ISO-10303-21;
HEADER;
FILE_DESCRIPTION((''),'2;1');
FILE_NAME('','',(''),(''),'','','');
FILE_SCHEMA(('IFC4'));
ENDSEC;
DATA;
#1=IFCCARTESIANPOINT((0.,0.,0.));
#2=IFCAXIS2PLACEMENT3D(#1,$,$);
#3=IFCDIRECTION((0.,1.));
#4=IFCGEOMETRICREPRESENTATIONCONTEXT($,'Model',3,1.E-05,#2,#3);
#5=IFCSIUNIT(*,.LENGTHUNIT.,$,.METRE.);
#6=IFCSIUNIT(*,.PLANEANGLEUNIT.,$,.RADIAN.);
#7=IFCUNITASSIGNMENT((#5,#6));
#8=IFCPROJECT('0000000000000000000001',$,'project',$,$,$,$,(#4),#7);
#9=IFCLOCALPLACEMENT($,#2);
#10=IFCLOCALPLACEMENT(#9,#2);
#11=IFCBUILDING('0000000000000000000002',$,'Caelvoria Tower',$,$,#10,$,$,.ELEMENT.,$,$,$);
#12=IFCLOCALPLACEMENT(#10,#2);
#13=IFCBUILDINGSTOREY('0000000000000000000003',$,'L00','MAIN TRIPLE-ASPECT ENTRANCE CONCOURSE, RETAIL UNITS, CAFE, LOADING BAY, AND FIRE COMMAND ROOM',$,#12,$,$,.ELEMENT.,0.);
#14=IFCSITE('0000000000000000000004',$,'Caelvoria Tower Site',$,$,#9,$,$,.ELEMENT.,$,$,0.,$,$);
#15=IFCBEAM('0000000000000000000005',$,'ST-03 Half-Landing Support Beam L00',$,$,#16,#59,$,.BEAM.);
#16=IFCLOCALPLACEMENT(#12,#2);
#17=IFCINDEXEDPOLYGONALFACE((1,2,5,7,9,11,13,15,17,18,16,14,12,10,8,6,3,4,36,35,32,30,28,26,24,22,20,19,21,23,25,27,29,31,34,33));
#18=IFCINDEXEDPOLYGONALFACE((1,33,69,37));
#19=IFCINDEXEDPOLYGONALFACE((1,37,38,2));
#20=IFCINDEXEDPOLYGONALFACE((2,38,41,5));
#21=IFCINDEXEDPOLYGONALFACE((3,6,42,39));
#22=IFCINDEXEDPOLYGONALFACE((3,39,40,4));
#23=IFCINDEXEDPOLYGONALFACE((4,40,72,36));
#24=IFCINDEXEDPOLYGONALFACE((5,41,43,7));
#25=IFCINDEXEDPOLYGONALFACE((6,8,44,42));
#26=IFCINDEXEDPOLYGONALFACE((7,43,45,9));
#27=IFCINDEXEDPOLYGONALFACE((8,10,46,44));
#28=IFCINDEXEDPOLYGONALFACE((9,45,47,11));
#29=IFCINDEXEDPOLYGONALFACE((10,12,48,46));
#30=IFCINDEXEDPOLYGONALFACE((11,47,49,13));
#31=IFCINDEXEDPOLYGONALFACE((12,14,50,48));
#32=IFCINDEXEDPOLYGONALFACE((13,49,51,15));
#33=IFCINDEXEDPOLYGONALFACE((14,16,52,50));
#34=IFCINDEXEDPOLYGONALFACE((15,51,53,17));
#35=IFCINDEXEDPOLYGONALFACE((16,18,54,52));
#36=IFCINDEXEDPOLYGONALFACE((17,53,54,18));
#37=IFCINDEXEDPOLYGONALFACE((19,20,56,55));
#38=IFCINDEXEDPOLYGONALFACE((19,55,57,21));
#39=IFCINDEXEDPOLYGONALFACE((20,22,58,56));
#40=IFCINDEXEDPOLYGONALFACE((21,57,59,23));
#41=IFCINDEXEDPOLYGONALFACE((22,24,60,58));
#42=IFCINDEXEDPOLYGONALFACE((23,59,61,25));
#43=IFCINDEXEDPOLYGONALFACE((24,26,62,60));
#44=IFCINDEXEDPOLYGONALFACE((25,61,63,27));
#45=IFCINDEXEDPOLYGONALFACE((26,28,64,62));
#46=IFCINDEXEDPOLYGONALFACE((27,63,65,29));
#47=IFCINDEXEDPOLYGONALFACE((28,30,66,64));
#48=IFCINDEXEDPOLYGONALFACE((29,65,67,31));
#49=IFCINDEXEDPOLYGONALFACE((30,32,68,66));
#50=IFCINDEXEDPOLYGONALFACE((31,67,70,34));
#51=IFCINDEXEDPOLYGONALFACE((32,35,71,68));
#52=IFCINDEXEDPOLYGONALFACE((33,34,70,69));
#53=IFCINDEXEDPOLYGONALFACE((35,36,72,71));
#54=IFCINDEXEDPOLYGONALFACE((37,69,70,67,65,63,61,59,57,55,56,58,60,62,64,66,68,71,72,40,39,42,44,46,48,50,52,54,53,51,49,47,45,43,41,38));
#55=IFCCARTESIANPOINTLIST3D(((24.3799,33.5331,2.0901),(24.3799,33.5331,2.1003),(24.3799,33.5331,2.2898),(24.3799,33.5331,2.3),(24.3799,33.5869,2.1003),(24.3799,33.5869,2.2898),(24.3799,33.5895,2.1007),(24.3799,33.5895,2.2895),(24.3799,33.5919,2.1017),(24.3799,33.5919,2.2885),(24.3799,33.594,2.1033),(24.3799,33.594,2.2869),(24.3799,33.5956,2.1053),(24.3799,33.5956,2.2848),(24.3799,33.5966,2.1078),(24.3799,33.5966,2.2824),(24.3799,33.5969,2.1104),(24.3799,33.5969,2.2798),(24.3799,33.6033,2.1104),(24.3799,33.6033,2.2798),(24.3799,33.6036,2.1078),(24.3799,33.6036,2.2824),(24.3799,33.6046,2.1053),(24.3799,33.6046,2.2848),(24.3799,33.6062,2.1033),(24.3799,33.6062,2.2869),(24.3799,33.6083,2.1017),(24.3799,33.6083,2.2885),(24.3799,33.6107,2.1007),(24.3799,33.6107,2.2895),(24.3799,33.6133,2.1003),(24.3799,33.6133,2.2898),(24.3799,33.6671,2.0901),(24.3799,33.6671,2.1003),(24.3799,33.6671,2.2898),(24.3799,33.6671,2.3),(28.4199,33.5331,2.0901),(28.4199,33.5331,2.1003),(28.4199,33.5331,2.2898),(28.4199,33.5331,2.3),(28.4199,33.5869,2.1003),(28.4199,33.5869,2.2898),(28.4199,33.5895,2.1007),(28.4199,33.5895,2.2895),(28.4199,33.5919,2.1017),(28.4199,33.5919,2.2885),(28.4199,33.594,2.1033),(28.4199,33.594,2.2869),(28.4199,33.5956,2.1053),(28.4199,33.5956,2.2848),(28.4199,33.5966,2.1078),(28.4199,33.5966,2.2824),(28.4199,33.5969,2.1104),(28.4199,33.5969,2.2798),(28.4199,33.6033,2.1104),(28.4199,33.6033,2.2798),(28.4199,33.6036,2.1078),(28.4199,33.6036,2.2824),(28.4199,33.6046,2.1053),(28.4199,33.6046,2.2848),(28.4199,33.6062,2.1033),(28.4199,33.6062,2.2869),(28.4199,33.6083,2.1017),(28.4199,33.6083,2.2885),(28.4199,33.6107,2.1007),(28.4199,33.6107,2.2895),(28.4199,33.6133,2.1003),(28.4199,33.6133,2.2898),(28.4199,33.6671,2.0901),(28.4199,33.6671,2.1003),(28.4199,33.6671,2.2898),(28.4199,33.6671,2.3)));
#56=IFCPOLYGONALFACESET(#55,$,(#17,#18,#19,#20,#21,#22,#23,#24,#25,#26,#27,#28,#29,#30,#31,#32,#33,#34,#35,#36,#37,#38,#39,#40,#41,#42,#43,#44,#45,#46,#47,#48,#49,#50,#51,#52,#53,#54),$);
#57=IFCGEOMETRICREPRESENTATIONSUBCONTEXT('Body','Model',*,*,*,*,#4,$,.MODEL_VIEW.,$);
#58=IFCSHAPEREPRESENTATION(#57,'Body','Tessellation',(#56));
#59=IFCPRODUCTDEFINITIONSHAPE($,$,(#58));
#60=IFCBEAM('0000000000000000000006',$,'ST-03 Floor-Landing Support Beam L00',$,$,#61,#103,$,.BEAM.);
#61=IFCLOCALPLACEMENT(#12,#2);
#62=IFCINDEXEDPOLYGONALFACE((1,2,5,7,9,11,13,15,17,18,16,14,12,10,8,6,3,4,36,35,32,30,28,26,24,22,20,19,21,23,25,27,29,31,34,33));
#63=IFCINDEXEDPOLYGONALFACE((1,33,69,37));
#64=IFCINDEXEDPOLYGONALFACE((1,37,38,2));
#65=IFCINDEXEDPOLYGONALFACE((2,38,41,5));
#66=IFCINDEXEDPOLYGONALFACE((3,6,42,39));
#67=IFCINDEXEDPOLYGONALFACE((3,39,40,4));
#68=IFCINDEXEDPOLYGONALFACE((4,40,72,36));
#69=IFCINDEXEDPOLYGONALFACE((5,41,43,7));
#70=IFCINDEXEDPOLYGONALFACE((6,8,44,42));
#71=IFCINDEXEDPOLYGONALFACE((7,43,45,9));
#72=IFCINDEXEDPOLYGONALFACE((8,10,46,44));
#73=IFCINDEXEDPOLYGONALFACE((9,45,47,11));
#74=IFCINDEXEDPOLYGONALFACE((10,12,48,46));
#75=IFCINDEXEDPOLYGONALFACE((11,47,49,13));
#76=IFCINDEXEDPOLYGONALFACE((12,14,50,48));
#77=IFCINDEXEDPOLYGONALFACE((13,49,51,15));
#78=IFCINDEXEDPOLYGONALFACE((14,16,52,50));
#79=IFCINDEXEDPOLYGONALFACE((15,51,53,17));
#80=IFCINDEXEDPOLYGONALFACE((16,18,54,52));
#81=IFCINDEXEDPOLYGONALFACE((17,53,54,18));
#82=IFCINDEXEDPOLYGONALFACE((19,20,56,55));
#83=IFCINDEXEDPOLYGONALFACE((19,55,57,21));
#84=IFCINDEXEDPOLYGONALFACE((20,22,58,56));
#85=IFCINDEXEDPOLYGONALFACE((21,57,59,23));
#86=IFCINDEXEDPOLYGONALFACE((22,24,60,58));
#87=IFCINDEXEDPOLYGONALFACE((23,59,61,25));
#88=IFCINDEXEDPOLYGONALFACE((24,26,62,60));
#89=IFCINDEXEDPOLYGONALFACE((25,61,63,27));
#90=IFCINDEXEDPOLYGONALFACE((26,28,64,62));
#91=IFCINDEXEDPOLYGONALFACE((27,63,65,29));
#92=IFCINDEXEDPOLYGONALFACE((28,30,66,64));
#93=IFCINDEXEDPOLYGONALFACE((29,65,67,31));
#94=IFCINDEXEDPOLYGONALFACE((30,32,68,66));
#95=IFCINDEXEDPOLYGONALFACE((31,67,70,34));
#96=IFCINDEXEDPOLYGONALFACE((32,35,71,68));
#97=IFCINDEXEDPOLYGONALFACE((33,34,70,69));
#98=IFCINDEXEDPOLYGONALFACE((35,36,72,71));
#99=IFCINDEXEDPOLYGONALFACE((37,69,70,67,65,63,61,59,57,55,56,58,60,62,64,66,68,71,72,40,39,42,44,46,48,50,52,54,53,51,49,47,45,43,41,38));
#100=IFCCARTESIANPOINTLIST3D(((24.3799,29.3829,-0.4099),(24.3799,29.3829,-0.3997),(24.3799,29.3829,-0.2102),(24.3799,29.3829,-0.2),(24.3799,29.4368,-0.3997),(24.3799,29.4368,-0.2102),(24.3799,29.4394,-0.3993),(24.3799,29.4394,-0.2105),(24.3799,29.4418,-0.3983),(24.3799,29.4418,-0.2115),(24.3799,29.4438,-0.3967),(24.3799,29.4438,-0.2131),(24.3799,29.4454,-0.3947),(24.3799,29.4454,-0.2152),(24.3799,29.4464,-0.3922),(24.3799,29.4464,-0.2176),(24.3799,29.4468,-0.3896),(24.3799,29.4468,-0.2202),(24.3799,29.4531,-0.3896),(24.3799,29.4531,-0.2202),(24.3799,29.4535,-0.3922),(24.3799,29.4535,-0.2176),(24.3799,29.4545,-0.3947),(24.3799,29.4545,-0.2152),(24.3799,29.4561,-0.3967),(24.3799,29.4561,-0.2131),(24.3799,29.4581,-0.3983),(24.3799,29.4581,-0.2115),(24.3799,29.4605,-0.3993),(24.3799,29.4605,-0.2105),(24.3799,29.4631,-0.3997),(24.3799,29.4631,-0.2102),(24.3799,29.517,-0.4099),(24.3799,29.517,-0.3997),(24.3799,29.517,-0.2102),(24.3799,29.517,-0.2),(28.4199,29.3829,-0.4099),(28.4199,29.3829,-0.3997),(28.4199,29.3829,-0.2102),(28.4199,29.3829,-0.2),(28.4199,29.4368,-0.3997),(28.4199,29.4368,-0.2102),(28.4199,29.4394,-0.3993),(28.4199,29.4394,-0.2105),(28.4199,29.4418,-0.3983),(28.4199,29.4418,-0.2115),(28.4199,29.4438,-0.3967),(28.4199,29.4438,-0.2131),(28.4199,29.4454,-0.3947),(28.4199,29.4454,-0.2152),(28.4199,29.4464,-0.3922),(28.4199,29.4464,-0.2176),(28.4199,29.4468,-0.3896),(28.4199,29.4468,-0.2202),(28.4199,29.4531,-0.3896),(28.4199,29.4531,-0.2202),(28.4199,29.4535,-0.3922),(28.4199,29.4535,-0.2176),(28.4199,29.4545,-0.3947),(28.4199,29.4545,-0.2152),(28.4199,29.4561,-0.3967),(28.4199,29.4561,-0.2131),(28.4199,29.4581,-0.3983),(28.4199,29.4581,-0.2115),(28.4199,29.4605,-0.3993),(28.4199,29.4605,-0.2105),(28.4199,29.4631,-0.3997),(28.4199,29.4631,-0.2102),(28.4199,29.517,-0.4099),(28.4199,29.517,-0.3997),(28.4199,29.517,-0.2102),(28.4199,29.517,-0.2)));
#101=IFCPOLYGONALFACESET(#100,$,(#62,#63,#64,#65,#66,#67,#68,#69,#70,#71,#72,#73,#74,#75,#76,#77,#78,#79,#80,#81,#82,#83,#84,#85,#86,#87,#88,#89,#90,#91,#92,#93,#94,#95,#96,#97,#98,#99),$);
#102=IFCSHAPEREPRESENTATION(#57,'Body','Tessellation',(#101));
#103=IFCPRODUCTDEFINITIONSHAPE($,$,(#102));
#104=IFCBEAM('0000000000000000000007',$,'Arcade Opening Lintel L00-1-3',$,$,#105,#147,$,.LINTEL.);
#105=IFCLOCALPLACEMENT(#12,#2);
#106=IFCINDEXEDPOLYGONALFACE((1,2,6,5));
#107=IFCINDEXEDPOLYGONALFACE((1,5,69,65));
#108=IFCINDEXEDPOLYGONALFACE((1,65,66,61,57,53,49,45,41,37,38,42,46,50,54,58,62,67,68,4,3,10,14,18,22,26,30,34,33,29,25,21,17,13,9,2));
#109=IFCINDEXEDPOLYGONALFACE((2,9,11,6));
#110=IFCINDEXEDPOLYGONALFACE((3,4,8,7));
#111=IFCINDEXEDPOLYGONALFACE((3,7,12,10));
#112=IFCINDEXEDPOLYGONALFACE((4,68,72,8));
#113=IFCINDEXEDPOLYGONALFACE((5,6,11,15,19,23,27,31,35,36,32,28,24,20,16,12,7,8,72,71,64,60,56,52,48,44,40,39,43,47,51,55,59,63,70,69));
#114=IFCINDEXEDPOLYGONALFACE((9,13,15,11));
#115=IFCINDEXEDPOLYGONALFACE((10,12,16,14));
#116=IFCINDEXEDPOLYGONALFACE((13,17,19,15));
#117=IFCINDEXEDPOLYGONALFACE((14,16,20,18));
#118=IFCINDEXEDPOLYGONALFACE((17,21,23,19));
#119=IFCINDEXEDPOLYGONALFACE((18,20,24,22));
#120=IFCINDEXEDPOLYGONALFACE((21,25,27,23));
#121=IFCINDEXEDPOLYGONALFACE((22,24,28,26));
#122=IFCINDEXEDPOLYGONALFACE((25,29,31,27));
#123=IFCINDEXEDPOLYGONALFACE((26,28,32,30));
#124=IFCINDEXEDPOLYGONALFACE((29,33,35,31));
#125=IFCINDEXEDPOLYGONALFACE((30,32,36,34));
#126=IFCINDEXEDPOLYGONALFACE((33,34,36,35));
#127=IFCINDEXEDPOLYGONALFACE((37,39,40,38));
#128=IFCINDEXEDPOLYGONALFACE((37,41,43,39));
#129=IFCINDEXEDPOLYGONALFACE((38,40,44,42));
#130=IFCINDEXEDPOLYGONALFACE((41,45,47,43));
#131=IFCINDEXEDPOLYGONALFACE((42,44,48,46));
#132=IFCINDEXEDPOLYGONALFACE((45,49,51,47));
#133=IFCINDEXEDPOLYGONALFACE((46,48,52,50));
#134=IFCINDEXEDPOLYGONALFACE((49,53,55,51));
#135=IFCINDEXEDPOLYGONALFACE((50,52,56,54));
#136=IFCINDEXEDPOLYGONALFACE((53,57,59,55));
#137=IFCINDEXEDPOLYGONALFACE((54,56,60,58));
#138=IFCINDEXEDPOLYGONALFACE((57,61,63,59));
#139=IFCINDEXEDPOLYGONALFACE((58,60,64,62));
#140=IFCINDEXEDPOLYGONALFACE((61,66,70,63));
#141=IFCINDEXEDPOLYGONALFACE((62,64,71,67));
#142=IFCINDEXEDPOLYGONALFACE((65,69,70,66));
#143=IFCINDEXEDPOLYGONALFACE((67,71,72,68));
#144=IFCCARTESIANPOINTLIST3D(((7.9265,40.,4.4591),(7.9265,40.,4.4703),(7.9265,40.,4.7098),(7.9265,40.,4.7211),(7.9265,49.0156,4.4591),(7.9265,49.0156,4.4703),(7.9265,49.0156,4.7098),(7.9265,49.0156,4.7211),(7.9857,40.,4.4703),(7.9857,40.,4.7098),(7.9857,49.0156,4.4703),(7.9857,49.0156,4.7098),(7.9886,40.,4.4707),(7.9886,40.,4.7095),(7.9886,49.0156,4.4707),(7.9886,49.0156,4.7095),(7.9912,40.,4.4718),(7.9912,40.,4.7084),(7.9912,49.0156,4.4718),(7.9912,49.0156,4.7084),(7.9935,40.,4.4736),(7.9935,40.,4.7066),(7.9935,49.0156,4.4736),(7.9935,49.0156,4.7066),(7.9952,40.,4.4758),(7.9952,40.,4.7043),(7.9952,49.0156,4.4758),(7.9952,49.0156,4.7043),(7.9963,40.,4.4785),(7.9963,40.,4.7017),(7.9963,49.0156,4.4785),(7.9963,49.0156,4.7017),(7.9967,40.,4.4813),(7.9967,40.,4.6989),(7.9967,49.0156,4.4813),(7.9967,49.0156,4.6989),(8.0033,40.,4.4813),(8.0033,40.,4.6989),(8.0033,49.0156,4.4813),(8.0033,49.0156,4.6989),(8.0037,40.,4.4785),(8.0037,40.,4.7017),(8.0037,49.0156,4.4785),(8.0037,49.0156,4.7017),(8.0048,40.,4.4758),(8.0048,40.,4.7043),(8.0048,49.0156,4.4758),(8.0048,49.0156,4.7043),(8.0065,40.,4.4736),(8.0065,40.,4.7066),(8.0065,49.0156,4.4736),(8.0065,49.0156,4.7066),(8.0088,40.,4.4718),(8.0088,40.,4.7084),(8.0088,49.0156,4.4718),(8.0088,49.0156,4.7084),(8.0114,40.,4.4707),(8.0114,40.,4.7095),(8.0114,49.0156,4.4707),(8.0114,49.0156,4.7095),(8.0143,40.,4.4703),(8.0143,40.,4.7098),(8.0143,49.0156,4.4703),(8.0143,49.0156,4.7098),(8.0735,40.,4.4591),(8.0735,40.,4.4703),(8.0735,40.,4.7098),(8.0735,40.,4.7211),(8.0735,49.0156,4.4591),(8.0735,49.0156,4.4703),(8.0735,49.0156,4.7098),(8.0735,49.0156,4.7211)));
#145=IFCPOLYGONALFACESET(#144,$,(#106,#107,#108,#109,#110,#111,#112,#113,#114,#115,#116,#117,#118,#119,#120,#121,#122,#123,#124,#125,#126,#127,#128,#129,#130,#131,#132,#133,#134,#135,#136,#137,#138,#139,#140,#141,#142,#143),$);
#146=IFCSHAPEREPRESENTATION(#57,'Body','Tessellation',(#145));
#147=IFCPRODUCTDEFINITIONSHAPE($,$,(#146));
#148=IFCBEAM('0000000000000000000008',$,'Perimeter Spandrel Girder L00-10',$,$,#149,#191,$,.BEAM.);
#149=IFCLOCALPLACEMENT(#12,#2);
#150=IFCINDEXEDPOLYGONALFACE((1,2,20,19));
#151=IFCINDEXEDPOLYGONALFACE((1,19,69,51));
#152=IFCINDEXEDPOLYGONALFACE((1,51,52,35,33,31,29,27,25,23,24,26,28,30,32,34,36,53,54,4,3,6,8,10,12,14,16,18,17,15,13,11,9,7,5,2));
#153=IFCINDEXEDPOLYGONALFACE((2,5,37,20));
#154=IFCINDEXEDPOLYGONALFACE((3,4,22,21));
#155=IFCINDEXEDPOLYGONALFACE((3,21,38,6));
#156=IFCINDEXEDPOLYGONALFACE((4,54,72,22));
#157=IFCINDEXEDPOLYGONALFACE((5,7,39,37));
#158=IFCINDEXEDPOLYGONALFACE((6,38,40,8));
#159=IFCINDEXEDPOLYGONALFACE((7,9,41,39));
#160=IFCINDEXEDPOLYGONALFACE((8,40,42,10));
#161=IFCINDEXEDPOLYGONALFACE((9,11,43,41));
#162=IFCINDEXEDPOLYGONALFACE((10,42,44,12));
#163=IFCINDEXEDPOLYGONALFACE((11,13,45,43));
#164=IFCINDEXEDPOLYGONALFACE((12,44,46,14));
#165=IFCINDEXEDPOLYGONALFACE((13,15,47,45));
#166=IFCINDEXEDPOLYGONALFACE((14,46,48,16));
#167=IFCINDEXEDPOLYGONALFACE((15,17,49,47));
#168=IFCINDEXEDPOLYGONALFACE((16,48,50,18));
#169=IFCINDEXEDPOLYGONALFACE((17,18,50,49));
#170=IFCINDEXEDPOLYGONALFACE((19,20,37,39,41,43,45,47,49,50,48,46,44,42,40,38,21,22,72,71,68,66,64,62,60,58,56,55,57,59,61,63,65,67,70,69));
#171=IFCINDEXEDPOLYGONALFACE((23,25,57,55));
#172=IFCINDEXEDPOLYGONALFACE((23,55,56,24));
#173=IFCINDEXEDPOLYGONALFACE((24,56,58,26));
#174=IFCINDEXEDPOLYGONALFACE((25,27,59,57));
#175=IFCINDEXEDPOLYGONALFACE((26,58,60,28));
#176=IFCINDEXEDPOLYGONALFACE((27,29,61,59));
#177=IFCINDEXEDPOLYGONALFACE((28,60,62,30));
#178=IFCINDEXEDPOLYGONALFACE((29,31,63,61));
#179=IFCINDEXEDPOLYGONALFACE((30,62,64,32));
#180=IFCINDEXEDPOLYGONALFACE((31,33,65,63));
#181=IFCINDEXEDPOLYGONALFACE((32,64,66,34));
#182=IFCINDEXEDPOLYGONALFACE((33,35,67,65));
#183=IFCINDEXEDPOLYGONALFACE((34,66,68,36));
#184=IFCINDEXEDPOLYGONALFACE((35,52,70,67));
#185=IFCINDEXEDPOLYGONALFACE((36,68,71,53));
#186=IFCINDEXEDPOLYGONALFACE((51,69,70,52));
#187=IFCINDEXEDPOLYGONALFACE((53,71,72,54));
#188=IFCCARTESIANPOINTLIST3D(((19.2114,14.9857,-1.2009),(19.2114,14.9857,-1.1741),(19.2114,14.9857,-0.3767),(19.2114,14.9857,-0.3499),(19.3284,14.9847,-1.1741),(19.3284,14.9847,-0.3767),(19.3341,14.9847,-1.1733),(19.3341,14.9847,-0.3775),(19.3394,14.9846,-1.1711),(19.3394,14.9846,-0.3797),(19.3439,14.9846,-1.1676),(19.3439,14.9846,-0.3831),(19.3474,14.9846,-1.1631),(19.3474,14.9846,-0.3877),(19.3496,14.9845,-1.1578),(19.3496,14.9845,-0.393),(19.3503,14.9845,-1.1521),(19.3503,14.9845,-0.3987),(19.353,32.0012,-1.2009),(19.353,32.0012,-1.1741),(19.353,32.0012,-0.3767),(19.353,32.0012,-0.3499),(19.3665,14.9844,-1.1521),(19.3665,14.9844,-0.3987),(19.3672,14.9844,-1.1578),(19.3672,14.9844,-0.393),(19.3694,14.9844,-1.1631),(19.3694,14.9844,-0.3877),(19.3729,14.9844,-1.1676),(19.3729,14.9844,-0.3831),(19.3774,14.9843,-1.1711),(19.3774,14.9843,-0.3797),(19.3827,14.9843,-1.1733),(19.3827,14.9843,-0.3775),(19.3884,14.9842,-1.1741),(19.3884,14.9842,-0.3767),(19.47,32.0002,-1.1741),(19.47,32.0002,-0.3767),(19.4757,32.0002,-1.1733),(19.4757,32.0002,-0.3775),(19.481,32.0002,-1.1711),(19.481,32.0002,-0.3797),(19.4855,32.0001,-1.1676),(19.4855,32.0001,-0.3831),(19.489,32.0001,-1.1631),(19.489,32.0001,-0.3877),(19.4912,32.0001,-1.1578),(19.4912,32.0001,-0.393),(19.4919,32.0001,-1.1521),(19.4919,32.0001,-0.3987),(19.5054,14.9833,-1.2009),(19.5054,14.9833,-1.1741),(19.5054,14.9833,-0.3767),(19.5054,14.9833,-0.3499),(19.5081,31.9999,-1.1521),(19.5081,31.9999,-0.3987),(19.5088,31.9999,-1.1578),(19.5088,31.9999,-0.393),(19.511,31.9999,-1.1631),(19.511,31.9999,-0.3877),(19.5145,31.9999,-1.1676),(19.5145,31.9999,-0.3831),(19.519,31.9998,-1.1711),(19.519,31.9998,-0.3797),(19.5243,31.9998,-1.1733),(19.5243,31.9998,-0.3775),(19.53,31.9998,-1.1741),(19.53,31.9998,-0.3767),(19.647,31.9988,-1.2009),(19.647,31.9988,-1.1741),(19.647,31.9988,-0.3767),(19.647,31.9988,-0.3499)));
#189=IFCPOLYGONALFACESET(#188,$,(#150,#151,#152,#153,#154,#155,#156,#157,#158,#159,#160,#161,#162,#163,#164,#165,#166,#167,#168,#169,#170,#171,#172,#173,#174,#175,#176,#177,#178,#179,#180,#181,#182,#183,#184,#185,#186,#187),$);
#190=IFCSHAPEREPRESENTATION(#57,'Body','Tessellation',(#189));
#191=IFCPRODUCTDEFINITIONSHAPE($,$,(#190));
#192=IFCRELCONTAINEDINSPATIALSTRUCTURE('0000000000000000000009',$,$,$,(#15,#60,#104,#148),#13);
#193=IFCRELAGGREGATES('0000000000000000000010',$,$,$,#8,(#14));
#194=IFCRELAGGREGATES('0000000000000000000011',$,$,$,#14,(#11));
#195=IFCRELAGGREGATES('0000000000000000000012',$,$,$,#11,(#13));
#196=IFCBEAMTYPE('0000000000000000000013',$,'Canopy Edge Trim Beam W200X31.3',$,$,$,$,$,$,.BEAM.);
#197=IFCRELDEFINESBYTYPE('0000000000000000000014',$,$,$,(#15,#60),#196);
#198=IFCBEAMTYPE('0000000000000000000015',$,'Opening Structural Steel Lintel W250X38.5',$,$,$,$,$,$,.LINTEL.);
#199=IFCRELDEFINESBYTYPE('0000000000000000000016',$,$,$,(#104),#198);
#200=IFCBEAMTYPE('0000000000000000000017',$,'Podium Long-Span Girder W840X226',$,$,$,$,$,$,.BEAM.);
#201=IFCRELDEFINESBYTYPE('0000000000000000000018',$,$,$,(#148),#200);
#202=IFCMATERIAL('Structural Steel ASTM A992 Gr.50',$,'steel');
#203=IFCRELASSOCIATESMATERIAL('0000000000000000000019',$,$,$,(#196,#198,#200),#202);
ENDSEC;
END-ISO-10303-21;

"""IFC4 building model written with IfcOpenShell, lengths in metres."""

from ifc_helpers import new_model, si_unit, direction, frame, origin, origin_2d, place, context, subcontext, project, spatial, i_section, extrude, material, material_profile, profile_set, type_object, element, save


model = new_model("IFC4")

# Units and contexts
model_context = context("Model", 3, precision=1e-05, world=origin(), true_north=direction((0.0, 1.0)))
body_context = subcontext(model_context, "Body", "Model", "MODEL_VIEW")
ifc_project = project(units=[si_unit("LENGTHUNIT", "METRE"), si_unit("PLANEANGLEUNIT", "RADIAN")], contexts=[model_context])

# Site, building, storey
site_placement = place(None, origin())
site = spatial("IfcSite", under=ifc_project, at=site_placement, Name="Caelvoria Tower Site", CompositionType="ELEMENT", RefElevation=0.0)
building_placement = place(site_placement, origin())
building = spatial("IfcBuilding", under=site, at=building_placement, Name="Caelvoria Tower", CompositionType="ELEMENT")
storey_placement = place(building_placement, origin())
storey = spatial("IfcBuildingStorey", under=building, at=storey_placement, Name="L00", Description="MAIN TRIPLE-ASPECT ENTRANCE CONCOURSE, RETAIL UNITS, CAFE, LOADING BAY, AND FIRE COMMAND ROOM", CompositionType="ELEMENT", Elevation=0.0)

# Beams
ifc_material_1 = material(Name="Structural Steel ASTM A992 Gr.50", Category="steel")
ifc_material_profile_1 = material_profile(ifc_material_1, i_section(OverallWidth=0.134, OverallDepth=0.21, WebThickness=0.0063, FlangeThickness=0.0103, FilletRadius=0.01, at=origin_2d()), Name="Structural Steel ASTM A992 Gr.50")
ifc_profile_set_1 = profile_set([ifc_material_profile_1], Name="W200X31.3 - Structural Steel ASTM A992 Gr.50")
beam_type_1 = type_object("IfcBeamType", Name="Canopy Edge Trim Beam W200X31.3", PredefinedType="BEAM", material=ifc_profile_set_1)
for number, where, z_axis, x_axis, name in (
    (1, (24.3799, 33.6001, 2.1951), (1.0, 0.0, 0.0), (0.0, 1.0, 0.0), "ST-03 Half-Landing Support Beam L00"),
    (2, (24.3799, 29.45, -0.3049), (1.0, 0.0, 0.0), (0.0, 1.0, 0.0), "ST-03 Floor-Landing Support Beam L00"),
):
    element("IfcBeam", number, at=place(storey_placement, frame(where, z_axis=z_axis, x_axis=x_axis)), inside=storey, type_object=beam_type_1, Name=name, PredefinedType="BEAM", context=body_context, shape_type="SweptSolid", body=[
        extrude(i_section(OverallWidth=0.134, OverallDepth=0.21, WebThickness=0.0063, FlangeThickness=0.0103, FilletRadius=0.01, at=origin_2d()), origin(), (0.0, 0.0, 1.0), 4.04),
    ])
ifc_material_profile_2 = material_profile(ifc_material_1, i_section(OverallWidth=0.147, OverallDepth=0.262, WebThickness=0.0066, FlangeThickness=0.0112, FilletRadius=0.011, at=origin_2d()), Name="Structural Steel ASTM A992 Gr.50")
ifc_profile_set_2 = profile_set([ifc_material_profile_2], Name="W250X38.5 - Structural Steel ASTM A992 Gr.50")
beam_type_2 = type_object("IfcBeamType", Name="Opening Structural Steel Lintel W250X38.5", PredefinedType="LINTEL", material=ifc_profile_set_2)
beam_1_placement = place(storey_placement, frame((8.0, 40.0, 4.5901), z_axis=(0.0, 1.0, 0.0), x_axis=(-1.0, 0.0, 0.0)))
element("IfcBeam", 3, at=beam_1_placement, inside=storey, type_object=beam_type_2, Name="Arcade Opening Lintel L00-1-3", PredefinedType="LINTEL", context=body_context, shape_type="SweptSolid", body=[
    extrude(i_section(OverallWidth=0.147, OverallDepth=0.262, WebThickness=0.0066, FlangeThickness=0.0112, FilletRadius=0.011, at=origin_2d()), origin(), (0.0, 0.0, 1.0), 9.0156),
])
ifc_material_profile_3 = material_profile(ifc_material_1, i_section(OverallWidth=0.2939, OverallDepth=0.8511, WebThickness=0.0161, FlangeThickness=0.0269, FilletRadius=0.022, at=origin_2d()), Name="Structural Steel ASTM A992 Gr.50")
ifc_profile_set_3 = profile_set([ifc_material_profile_3], Name="W840X226 - Structural Steel ASTM A992 Gr.50")
beam_type_3 = type_object("IfcBeamType", Name="Podium Long-Span Girder W840X226", PredefinedType="BEAM", material=ifc_profile_set_3)
beam_2_placement = place(storey_placement, frame((19.5, 32.0, -0.7754), z_axis=(-0.008322, -0.999965, 0.0), x_axis=(0.999965, -0.008322, 0.0)))
element("IfcBeam", 4, at=beam_2_placement, inside=storey, type_object=beam_type_3, Name="Perimeter Spandrel Girder L00-10", PredefinedType="BEAM", context=body_context, shape_type="SweptSolid", body=[
    extrude(i_section(OverallWidth=0.2939, OverallDepth=0.8511, WebThickness=0.0161, FlangeThickness=0.0269, FilletRadius=0.022, at=origin_2d()), origin(), (0.0, 0.0, 1.0), 17.0161),
])

save(model, "model.ifc")
